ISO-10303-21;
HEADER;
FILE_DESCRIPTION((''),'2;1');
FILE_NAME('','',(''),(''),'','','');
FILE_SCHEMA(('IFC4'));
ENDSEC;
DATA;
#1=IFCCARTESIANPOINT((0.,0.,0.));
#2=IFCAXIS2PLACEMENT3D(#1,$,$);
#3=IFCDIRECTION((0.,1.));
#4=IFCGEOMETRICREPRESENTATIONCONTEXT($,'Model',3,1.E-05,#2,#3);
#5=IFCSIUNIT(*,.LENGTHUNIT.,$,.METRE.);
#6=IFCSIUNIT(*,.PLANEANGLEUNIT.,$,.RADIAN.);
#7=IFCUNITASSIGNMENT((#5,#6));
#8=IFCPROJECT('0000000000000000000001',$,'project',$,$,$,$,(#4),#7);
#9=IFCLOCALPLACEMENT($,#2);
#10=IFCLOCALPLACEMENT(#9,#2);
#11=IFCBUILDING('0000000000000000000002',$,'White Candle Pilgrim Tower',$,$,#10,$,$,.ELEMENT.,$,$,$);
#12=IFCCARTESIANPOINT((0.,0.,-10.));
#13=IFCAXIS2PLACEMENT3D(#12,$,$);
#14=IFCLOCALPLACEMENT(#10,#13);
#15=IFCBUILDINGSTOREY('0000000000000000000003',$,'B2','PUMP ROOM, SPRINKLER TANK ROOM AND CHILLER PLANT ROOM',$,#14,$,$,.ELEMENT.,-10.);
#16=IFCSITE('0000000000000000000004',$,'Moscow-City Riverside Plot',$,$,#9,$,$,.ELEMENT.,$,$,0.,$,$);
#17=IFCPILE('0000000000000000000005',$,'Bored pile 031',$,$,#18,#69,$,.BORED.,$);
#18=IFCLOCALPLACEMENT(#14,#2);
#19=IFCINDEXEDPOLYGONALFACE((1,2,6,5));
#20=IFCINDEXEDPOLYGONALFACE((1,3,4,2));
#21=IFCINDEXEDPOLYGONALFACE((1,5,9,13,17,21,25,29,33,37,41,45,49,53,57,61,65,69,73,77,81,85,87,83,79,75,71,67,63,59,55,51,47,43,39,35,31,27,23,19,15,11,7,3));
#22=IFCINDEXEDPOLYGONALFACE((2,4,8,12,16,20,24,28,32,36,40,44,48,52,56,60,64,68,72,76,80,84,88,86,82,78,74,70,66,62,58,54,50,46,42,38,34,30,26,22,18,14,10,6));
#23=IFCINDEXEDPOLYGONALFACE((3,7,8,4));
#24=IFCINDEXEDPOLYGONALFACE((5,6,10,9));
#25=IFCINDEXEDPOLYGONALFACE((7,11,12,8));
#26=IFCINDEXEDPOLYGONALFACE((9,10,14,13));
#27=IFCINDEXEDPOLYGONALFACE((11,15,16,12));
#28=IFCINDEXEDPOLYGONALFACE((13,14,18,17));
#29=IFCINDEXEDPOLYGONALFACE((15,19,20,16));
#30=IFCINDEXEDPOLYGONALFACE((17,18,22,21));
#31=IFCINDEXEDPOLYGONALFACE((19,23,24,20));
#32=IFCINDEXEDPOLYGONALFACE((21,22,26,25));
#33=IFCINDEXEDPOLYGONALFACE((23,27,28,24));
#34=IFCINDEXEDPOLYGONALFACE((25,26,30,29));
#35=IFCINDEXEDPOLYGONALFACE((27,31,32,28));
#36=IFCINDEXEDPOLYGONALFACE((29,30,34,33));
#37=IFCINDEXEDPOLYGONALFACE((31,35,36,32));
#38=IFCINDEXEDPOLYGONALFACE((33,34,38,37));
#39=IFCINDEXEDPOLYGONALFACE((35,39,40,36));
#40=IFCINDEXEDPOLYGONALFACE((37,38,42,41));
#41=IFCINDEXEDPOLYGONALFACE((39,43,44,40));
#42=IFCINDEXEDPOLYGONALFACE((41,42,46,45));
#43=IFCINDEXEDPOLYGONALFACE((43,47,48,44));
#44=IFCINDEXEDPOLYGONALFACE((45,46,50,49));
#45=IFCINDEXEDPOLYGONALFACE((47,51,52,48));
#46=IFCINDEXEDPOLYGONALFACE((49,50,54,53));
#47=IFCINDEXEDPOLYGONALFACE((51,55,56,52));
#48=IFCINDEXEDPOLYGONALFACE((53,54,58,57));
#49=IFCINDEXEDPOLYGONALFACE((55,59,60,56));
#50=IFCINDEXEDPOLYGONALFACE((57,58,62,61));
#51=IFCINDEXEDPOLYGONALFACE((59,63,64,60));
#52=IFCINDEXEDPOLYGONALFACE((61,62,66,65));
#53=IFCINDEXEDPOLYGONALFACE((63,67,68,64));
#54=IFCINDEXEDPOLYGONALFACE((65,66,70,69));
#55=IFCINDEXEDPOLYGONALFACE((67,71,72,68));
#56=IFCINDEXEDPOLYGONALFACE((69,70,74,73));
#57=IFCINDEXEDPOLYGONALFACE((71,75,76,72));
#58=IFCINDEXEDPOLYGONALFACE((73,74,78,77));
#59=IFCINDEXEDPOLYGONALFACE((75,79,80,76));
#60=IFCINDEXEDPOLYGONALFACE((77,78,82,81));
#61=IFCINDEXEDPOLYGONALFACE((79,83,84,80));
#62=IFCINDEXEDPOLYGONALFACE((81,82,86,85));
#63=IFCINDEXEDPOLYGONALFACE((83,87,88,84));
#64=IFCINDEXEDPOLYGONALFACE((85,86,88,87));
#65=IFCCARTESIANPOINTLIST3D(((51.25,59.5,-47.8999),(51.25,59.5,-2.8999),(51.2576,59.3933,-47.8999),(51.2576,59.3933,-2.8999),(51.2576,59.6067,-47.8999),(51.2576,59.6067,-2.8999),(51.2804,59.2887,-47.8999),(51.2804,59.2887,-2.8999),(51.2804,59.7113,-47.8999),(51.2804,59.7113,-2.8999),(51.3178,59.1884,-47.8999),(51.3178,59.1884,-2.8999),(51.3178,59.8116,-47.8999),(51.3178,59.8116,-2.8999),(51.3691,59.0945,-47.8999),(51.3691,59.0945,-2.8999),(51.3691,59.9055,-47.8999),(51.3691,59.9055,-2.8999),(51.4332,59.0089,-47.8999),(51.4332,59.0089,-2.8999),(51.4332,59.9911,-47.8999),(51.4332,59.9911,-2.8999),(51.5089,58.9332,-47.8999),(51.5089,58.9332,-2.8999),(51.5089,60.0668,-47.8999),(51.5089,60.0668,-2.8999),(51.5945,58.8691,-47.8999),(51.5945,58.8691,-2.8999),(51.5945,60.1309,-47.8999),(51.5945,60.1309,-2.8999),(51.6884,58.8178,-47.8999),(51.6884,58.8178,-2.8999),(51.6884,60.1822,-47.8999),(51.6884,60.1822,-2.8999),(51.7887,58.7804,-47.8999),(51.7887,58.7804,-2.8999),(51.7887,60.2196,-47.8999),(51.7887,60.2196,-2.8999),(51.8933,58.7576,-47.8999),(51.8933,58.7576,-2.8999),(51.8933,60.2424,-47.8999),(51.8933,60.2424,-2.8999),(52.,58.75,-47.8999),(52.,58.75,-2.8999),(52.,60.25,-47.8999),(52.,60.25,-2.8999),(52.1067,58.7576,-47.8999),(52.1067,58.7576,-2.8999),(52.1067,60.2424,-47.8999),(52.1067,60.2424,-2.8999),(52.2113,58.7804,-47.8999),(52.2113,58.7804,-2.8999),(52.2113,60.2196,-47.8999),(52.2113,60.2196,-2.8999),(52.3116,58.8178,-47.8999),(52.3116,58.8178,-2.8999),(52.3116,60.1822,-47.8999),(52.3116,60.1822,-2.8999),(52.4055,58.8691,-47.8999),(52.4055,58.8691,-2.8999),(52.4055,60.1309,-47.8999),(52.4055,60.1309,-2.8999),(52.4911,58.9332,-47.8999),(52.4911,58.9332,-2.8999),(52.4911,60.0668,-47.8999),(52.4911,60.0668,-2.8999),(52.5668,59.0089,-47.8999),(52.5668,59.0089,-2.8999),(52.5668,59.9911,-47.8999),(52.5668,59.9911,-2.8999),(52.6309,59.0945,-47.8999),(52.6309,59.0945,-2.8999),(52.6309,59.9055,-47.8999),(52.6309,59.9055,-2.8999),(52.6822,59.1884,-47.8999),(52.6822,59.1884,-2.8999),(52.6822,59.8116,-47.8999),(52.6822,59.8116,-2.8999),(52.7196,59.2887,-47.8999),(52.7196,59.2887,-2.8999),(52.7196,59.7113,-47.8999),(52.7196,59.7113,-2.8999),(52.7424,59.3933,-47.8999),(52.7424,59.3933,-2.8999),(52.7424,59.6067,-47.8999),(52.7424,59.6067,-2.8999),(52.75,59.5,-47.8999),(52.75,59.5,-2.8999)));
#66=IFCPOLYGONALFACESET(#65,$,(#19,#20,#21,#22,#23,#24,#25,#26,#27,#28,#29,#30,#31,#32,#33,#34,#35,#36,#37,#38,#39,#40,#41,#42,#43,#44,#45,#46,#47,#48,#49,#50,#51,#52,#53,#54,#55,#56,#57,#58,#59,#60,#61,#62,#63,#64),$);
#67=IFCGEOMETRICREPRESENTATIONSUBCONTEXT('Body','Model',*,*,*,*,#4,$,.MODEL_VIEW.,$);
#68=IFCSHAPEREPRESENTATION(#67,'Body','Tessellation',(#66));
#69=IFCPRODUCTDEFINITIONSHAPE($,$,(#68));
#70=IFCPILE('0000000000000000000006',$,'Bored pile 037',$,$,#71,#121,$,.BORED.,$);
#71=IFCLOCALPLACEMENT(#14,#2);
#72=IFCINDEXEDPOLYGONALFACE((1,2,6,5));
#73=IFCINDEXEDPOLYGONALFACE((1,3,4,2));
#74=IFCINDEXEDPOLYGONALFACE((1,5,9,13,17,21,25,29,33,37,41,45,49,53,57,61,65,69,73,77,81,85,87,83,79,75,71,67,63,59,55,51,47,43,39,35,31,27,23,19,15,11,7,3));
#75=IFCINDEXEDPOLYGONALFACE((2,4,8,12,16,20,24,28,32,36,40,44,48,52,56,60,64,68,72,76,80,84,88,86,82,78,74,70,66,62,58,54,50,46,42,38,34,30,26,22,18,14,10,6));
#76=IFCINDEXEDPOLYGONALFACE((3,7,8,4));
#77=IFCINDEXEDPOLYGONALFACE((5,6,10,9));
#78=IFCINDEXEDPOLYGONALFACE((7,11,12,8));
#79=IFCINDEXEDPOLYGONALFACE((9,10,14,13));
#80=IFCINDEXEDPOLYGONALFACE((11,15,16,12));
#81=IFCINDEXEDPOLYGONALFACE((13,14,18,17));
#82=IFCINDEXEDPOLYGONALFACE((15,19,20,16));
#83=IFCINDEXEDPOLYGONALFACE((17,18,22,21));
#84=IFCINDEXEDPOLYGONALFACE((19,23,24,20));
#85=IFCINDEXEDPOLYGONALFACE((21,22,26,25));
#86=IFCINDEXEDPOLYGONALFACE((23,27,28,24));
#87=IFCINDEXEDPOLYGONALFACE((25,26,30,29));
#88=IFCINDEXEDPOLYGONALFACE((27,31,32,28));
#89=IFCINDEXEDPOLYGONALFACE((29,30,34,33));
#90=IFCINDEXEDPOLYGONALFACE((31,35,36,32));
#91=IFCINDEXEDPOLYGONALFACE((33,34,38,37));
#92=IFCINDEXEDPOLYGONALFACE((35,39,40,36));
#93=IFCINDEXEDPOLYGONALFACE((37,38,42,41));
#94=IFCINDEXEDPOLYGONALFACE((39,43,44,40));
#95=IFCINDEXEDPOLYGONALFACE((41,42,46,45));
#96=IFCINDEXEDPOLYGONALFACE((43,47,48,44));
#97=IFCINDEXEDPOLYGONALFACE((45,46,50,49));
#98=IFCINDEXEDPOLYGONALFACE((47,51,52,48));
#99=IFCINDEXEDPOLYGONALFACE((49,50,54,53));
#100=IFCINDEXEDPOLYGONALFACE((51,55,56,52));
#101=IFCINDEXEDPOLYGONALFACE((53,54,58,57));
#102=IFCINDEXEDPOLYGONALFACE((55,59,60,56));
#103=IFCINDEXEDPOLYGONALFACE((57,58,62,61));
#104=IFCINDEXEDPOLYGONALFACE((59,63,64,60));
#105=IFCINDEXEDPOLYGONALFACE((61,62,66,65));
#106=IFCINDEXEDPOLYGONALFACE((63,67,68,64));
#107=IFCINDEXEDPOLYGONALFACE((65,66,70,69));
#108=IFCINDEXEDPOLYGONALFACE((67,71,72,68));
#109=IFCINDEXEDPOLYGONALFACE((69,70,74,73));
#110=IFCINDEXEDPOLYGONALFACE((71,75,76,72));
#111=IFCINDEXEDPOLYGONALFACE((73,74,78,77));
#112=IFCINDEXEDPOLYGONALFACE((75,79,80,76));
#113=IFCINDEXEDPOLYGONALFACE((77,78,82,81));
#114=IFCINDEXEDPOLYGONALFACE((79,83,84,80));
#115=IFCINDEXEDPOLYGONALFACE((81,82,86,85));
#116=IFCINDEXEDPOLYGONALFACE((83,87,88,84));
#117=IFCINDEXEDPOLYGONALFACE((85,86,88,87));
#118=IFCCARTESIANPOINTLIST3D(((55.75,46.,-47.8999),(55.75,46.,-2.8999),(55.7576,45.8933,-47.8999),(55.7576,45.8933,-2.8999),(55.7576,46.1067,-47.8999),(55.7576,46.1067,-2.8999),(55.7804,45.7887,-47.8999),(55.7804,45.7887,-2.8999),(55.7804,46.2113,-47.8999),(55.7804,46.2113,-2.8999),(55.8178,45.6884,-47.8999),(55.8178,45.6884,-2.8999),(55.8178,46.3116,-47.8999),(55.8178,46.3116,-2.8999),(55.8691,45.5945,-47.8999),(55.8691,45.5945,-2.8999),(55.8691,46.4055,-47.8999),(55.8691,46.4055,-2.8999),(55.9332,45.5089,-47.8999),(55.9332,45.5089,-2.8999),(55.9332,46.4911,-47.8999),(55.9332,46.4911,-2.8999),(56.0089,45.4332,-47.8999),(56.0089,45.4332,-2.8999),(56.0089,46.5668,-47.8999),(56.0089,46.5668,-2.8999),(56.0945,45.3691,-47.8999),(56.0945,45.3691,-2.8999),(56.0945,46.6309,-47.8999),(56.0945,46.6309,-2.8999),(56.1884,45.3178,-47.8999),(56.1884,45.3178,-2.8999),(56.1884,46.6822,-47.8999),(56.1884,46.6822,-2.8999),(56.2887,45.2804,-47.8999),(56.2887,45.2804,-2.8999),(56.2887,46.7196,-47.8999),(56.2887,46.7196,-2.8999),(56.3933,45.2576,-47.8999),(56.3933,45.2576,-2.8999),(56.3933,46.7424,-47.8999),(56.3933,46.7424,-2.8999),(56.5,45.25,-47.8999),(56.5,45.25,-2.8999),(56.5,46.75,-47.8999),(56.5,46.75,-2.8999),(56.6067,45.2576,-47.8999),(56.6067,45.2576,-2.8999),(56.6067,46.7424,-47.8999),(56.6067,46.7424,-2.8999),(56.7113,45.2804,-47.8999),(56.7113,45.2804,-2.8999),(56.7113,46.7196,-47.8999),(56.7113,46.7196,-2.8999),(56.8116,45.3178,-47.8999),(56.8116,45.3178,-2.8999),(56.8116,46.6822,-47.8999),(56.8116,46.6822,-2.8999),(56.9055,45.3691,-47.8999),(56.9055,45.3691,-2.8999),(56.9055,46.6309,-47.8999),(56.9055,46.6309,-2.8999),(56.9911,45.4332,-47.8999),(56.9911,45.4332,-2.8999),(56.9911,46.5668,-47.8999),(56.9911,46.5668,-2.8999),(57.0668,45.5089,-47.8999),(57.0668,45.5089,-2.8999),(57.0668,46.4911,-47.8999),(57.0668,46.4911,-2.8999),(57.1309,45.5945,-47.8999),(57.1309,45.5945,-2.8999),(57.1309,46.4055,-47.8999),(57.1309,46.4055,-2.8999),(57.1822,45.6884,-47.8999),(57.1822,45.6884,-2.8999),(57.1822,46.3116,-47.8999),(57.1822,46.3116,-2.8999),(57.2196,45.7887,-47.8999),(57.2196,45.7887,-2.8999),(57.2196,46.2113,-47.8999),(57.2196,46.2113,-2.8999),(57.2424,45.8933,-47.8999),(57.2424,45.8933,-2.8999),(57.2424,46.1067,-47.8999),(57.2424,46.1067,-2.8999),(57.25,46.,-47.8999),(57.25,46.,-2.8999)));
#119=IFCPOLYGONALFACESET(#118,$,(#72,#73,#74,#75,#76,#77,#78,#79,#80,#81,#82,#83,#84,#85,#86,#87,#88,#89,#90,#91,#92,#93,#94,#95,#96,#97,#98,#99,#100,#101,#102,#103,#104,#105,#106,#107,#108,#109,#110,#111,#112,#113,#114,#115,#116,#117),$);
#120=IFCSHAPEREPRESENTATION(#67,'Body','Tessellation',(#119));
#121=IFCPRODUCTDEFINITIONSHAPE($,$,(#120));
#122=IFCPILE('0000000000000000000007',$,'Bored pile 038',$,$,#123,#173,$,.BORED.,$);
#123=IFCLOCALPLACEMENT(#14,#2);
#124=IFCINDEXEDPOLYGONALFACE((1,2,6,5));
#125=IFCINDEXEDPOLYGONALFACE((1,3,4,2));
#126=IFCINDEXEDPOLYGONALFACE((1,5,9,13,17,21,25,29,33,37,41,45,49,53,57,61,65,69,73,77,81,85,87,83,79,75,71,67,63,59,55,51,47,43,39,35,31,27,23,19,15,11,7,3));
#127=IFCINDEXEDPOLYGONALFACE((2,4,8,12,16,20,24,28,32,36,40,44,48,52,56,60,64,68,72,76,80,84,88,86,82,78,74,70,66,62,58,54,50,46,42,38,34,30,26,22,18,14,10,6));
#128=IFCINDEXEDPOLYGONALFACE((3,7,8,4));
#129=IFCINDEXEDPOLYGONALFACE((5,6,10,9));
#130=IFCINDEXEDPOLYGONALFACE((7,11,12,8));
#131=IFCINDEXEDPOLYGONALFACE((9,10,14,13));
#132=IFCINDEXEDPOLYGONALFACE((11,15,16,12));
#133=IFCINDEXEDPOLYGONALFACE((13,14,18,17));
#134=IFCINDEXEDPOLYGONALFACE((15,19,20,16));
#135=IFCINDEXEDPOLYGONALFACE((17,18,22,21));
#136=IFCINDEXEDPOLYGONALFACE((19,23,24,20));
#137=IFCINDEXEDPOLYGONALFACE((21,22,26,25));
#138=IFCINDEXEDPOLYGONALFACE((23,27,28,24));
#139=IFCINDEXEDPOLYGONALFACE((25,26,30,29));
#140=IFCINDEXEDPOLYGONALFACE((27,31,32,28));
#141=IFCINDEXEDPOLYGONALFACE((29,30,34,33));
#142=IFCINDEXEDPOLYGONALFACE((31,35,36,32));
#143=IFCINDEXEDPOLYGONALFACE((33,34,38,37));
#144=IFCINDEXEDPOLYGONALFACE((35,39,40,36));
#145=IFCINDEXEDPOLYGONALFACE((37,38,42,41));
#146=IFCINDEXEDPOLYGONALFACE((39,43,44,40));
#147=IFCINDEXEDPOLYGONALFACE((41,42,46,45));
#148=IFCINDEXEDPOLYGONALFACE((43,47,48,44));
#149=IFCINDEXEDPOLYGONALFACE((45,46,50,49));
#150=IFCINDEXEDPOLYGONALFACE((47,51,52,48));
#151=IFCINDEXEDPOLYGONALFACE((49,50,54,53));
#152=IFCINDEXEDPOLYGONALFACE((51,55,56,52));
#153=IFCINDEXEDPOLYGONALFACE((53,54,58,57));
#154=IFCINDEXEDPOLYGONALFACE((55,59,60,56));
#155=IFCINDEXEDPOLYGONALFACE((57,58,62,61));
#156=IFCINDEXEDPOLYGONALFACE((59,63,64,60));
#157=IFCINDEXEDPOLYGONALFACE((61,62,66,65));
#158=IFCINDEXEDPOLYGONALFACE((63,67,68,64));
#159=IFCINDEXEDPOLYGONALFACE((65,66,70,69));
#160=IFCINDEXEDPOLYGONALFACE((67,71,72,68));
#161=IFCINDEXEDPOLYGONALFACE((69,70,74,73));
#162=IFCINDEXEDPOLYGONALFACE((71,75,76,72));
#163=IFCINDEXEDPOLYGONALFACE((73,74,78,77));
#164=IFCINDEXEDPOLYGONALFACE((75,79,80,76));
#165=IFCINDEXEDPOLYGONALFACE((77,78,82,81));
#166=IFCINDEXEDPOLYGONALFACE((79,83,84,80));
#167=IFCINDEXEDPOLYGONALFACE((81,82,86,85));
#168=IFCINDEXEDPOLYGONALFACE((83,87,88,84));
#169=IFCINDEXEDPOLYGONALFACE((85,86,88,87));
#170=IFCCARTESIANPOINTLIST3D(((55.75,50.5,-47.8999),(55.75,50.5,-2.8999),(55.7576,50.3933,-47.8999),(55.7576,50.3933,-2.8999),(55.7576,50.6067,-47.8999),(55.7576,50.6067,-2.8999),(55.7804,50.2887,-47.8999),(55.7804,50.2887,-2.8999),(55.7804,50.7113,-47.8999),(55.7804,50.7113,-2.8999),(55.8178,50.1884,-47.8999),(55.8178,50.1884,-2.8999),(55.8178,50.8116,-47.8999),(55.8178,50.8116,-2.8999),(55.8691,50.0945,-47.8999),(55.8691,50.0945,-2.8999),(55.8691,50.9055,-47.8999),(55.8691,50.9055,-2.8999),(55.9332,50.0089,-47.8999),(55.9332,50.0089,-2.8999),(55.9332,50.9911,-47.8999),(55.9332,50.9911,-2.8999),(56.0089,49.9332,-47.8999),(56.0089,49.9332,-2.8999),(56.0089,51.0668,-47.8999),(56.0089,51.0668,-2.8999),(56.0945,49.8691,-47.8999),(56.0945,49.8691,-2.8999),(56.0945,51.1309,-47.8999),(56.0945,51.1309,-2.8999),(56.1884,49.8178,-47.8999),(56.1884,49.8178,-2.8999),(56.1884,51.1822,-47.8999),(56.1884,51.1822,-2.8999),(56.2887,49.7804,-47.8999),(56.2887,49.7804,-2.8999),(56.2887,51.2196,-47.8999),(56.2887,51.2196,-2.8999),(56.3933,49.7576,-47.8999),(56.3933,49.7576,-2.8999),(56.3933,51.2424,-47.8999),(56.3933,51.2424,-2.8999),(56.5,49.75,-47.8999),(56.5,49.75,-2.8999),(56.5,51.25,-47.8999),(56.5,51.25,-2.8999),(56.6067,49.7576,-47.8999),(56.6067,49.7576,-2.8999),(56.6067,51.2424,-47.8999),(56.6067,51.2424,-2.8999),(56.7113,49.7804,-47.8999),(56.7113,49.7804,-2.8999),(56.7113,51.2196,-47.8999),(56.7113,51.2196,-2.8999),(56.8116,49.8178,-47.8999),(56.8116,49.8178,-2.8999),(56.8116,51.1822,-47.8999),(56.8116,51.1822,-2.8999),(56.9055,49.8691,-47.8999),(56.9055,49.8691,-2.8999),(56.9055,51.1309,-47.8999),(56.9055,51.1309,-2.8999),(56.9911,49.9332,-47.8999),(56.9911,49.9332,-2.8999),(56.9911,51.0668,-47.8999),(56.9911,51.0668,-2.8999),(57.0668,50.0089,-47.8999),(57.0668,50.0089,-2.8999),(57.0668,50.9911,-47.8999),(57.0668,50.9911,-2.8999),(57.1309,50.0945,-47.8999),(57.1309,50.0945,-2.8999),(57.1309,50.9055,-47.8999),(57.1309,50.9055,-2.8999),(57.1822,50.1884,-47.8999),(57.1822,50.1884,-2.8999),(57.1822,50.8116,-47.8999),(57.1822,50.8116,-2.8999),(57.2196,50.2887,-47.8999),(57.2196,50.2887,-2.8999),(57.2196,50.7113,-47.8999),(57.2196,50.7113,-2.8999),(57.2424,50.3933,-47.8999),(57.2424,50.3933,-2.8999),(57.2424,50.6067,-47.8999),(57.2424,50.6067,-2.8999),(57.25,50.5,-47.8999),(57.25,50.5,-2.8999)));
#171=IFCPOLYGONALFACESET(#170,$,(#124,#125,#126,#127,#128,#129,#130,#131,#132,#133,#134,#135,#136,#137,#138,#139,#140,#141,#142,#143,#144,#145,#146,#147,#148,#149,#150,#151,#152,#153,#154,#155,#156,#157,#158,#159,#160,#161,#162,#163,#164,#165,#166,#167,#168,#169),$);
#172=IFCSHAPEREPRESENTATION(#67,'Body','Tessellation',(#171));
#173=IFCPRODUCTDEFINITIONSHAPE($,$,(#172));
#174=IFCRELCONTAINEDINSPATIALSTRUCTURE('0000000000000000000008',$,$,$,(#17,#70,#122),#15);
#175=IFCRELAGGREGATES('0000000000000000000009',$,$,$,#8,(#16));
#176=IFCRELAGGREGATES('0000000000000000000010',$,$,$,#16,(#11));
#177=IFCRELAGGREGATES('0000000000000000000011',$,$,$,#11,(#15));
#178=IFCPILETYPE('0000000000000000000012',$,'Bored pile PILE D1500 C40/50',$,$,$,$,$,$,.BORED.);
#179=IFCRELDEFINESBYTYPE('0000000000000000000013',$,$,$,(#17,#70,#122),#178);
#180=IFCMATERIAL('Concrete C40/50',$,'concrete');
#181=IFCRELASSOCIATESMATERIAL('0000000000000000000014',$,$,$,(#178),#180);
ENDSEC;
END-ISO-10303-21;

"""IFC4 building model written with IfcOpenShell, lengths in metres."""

from ifc_helpers import new_model, si_unit, direction, frame, origin, origin_2d, place, context, subcontext, project, spatial, circle, extrude, material, material_profile, profile_set, type_object, element, save


model = new_model("IFC4")

# Units and contexts
model_context = context("Model", 3, precision=1e-05, world=origin(), true_north=direction((0.0, 1.0)))
body_context = subcontext(model_context, "Body", "Model", "MODEL_VIEW")
ifc_project = project(units=[si_unit("LENGTHUNIT", "METRE"), si_unit("PLANEANGLEUNIT", "RADIAN")], contexts=[model_context])

# Site, building, storey
site_placement = place(None, origin())
site = spatial("IfcSite", under=ifc_project, at=site_placement, Name="Moscow-City Riverside Plot", CompositionType="ELEMENT", RefElevation=0.0)
building_placement = place(site_placement, origin())
building = spatial("IfcBuilding", under=site, at=building_placement, Name="White Candle Pilgrim Tower", CompositionType="ELEMENT")
storey_placement = place(building_placement, frame((0.0, 0.0, -10.0)))
storey = spatial("IfcBuildingStorey", under=building, at=storey_placement, Name="B2", Description="PUMP ROOM, SPRINKLER TANK ROOM AND CHILLER PLANT ROOM", CompositionType="ELEMENT", Elevation=-10.0)

# Piles
ifc_material_1 = material(Name="Concrete C40/50", Category="concrete")
ifc_material_profile_1 = material_profile(ifc_material_1, circle(Radius=0.75, at=origin_2d()), Name="PILE D1500")
ifc_profile_set_1 = profile_set([ifc_material_profile_1], Name="Concrete C40/50")
pile_type = type_object("IfcPileType", Name="Bored pile PILE D1500 C40/50", PredefinedType="BORED", material=ifc_profile_set_1)
for number, where, z_axis, x_axis, name in (
    (1, (52.0, 59.5, -2.8999), (0.0, 0.0, -1.0), (1.0, 0.0, 0.0), "Bored pile 031"),
    (2, (56.5, 46.0, -2.8999), (0.0, 0.0, -1.0), (1.0, 0.0, 0.0), "Bored pile 037"),
    (3, (56.5, 50.5, -2.8999), (0.0, 0.0, -1.0), (1.0, 0.0, 0.0), "Bored pile 038"),
):
    element("IfcPile", number, at=place(storey_placement, frame(where, z_axis=z_axis, x_axis=x_axis)), inside=storey, type_object=pile_type, Name=name, PredefinedType="BORED", context=body_context, shape_type="SweptSolid", body=[
        extrude(circle(Radius=0.75, at=origin_2d()), origin(), (0.0, 0.0, 1.0), 45.0),
    ])

save(model, "model.ifc")
